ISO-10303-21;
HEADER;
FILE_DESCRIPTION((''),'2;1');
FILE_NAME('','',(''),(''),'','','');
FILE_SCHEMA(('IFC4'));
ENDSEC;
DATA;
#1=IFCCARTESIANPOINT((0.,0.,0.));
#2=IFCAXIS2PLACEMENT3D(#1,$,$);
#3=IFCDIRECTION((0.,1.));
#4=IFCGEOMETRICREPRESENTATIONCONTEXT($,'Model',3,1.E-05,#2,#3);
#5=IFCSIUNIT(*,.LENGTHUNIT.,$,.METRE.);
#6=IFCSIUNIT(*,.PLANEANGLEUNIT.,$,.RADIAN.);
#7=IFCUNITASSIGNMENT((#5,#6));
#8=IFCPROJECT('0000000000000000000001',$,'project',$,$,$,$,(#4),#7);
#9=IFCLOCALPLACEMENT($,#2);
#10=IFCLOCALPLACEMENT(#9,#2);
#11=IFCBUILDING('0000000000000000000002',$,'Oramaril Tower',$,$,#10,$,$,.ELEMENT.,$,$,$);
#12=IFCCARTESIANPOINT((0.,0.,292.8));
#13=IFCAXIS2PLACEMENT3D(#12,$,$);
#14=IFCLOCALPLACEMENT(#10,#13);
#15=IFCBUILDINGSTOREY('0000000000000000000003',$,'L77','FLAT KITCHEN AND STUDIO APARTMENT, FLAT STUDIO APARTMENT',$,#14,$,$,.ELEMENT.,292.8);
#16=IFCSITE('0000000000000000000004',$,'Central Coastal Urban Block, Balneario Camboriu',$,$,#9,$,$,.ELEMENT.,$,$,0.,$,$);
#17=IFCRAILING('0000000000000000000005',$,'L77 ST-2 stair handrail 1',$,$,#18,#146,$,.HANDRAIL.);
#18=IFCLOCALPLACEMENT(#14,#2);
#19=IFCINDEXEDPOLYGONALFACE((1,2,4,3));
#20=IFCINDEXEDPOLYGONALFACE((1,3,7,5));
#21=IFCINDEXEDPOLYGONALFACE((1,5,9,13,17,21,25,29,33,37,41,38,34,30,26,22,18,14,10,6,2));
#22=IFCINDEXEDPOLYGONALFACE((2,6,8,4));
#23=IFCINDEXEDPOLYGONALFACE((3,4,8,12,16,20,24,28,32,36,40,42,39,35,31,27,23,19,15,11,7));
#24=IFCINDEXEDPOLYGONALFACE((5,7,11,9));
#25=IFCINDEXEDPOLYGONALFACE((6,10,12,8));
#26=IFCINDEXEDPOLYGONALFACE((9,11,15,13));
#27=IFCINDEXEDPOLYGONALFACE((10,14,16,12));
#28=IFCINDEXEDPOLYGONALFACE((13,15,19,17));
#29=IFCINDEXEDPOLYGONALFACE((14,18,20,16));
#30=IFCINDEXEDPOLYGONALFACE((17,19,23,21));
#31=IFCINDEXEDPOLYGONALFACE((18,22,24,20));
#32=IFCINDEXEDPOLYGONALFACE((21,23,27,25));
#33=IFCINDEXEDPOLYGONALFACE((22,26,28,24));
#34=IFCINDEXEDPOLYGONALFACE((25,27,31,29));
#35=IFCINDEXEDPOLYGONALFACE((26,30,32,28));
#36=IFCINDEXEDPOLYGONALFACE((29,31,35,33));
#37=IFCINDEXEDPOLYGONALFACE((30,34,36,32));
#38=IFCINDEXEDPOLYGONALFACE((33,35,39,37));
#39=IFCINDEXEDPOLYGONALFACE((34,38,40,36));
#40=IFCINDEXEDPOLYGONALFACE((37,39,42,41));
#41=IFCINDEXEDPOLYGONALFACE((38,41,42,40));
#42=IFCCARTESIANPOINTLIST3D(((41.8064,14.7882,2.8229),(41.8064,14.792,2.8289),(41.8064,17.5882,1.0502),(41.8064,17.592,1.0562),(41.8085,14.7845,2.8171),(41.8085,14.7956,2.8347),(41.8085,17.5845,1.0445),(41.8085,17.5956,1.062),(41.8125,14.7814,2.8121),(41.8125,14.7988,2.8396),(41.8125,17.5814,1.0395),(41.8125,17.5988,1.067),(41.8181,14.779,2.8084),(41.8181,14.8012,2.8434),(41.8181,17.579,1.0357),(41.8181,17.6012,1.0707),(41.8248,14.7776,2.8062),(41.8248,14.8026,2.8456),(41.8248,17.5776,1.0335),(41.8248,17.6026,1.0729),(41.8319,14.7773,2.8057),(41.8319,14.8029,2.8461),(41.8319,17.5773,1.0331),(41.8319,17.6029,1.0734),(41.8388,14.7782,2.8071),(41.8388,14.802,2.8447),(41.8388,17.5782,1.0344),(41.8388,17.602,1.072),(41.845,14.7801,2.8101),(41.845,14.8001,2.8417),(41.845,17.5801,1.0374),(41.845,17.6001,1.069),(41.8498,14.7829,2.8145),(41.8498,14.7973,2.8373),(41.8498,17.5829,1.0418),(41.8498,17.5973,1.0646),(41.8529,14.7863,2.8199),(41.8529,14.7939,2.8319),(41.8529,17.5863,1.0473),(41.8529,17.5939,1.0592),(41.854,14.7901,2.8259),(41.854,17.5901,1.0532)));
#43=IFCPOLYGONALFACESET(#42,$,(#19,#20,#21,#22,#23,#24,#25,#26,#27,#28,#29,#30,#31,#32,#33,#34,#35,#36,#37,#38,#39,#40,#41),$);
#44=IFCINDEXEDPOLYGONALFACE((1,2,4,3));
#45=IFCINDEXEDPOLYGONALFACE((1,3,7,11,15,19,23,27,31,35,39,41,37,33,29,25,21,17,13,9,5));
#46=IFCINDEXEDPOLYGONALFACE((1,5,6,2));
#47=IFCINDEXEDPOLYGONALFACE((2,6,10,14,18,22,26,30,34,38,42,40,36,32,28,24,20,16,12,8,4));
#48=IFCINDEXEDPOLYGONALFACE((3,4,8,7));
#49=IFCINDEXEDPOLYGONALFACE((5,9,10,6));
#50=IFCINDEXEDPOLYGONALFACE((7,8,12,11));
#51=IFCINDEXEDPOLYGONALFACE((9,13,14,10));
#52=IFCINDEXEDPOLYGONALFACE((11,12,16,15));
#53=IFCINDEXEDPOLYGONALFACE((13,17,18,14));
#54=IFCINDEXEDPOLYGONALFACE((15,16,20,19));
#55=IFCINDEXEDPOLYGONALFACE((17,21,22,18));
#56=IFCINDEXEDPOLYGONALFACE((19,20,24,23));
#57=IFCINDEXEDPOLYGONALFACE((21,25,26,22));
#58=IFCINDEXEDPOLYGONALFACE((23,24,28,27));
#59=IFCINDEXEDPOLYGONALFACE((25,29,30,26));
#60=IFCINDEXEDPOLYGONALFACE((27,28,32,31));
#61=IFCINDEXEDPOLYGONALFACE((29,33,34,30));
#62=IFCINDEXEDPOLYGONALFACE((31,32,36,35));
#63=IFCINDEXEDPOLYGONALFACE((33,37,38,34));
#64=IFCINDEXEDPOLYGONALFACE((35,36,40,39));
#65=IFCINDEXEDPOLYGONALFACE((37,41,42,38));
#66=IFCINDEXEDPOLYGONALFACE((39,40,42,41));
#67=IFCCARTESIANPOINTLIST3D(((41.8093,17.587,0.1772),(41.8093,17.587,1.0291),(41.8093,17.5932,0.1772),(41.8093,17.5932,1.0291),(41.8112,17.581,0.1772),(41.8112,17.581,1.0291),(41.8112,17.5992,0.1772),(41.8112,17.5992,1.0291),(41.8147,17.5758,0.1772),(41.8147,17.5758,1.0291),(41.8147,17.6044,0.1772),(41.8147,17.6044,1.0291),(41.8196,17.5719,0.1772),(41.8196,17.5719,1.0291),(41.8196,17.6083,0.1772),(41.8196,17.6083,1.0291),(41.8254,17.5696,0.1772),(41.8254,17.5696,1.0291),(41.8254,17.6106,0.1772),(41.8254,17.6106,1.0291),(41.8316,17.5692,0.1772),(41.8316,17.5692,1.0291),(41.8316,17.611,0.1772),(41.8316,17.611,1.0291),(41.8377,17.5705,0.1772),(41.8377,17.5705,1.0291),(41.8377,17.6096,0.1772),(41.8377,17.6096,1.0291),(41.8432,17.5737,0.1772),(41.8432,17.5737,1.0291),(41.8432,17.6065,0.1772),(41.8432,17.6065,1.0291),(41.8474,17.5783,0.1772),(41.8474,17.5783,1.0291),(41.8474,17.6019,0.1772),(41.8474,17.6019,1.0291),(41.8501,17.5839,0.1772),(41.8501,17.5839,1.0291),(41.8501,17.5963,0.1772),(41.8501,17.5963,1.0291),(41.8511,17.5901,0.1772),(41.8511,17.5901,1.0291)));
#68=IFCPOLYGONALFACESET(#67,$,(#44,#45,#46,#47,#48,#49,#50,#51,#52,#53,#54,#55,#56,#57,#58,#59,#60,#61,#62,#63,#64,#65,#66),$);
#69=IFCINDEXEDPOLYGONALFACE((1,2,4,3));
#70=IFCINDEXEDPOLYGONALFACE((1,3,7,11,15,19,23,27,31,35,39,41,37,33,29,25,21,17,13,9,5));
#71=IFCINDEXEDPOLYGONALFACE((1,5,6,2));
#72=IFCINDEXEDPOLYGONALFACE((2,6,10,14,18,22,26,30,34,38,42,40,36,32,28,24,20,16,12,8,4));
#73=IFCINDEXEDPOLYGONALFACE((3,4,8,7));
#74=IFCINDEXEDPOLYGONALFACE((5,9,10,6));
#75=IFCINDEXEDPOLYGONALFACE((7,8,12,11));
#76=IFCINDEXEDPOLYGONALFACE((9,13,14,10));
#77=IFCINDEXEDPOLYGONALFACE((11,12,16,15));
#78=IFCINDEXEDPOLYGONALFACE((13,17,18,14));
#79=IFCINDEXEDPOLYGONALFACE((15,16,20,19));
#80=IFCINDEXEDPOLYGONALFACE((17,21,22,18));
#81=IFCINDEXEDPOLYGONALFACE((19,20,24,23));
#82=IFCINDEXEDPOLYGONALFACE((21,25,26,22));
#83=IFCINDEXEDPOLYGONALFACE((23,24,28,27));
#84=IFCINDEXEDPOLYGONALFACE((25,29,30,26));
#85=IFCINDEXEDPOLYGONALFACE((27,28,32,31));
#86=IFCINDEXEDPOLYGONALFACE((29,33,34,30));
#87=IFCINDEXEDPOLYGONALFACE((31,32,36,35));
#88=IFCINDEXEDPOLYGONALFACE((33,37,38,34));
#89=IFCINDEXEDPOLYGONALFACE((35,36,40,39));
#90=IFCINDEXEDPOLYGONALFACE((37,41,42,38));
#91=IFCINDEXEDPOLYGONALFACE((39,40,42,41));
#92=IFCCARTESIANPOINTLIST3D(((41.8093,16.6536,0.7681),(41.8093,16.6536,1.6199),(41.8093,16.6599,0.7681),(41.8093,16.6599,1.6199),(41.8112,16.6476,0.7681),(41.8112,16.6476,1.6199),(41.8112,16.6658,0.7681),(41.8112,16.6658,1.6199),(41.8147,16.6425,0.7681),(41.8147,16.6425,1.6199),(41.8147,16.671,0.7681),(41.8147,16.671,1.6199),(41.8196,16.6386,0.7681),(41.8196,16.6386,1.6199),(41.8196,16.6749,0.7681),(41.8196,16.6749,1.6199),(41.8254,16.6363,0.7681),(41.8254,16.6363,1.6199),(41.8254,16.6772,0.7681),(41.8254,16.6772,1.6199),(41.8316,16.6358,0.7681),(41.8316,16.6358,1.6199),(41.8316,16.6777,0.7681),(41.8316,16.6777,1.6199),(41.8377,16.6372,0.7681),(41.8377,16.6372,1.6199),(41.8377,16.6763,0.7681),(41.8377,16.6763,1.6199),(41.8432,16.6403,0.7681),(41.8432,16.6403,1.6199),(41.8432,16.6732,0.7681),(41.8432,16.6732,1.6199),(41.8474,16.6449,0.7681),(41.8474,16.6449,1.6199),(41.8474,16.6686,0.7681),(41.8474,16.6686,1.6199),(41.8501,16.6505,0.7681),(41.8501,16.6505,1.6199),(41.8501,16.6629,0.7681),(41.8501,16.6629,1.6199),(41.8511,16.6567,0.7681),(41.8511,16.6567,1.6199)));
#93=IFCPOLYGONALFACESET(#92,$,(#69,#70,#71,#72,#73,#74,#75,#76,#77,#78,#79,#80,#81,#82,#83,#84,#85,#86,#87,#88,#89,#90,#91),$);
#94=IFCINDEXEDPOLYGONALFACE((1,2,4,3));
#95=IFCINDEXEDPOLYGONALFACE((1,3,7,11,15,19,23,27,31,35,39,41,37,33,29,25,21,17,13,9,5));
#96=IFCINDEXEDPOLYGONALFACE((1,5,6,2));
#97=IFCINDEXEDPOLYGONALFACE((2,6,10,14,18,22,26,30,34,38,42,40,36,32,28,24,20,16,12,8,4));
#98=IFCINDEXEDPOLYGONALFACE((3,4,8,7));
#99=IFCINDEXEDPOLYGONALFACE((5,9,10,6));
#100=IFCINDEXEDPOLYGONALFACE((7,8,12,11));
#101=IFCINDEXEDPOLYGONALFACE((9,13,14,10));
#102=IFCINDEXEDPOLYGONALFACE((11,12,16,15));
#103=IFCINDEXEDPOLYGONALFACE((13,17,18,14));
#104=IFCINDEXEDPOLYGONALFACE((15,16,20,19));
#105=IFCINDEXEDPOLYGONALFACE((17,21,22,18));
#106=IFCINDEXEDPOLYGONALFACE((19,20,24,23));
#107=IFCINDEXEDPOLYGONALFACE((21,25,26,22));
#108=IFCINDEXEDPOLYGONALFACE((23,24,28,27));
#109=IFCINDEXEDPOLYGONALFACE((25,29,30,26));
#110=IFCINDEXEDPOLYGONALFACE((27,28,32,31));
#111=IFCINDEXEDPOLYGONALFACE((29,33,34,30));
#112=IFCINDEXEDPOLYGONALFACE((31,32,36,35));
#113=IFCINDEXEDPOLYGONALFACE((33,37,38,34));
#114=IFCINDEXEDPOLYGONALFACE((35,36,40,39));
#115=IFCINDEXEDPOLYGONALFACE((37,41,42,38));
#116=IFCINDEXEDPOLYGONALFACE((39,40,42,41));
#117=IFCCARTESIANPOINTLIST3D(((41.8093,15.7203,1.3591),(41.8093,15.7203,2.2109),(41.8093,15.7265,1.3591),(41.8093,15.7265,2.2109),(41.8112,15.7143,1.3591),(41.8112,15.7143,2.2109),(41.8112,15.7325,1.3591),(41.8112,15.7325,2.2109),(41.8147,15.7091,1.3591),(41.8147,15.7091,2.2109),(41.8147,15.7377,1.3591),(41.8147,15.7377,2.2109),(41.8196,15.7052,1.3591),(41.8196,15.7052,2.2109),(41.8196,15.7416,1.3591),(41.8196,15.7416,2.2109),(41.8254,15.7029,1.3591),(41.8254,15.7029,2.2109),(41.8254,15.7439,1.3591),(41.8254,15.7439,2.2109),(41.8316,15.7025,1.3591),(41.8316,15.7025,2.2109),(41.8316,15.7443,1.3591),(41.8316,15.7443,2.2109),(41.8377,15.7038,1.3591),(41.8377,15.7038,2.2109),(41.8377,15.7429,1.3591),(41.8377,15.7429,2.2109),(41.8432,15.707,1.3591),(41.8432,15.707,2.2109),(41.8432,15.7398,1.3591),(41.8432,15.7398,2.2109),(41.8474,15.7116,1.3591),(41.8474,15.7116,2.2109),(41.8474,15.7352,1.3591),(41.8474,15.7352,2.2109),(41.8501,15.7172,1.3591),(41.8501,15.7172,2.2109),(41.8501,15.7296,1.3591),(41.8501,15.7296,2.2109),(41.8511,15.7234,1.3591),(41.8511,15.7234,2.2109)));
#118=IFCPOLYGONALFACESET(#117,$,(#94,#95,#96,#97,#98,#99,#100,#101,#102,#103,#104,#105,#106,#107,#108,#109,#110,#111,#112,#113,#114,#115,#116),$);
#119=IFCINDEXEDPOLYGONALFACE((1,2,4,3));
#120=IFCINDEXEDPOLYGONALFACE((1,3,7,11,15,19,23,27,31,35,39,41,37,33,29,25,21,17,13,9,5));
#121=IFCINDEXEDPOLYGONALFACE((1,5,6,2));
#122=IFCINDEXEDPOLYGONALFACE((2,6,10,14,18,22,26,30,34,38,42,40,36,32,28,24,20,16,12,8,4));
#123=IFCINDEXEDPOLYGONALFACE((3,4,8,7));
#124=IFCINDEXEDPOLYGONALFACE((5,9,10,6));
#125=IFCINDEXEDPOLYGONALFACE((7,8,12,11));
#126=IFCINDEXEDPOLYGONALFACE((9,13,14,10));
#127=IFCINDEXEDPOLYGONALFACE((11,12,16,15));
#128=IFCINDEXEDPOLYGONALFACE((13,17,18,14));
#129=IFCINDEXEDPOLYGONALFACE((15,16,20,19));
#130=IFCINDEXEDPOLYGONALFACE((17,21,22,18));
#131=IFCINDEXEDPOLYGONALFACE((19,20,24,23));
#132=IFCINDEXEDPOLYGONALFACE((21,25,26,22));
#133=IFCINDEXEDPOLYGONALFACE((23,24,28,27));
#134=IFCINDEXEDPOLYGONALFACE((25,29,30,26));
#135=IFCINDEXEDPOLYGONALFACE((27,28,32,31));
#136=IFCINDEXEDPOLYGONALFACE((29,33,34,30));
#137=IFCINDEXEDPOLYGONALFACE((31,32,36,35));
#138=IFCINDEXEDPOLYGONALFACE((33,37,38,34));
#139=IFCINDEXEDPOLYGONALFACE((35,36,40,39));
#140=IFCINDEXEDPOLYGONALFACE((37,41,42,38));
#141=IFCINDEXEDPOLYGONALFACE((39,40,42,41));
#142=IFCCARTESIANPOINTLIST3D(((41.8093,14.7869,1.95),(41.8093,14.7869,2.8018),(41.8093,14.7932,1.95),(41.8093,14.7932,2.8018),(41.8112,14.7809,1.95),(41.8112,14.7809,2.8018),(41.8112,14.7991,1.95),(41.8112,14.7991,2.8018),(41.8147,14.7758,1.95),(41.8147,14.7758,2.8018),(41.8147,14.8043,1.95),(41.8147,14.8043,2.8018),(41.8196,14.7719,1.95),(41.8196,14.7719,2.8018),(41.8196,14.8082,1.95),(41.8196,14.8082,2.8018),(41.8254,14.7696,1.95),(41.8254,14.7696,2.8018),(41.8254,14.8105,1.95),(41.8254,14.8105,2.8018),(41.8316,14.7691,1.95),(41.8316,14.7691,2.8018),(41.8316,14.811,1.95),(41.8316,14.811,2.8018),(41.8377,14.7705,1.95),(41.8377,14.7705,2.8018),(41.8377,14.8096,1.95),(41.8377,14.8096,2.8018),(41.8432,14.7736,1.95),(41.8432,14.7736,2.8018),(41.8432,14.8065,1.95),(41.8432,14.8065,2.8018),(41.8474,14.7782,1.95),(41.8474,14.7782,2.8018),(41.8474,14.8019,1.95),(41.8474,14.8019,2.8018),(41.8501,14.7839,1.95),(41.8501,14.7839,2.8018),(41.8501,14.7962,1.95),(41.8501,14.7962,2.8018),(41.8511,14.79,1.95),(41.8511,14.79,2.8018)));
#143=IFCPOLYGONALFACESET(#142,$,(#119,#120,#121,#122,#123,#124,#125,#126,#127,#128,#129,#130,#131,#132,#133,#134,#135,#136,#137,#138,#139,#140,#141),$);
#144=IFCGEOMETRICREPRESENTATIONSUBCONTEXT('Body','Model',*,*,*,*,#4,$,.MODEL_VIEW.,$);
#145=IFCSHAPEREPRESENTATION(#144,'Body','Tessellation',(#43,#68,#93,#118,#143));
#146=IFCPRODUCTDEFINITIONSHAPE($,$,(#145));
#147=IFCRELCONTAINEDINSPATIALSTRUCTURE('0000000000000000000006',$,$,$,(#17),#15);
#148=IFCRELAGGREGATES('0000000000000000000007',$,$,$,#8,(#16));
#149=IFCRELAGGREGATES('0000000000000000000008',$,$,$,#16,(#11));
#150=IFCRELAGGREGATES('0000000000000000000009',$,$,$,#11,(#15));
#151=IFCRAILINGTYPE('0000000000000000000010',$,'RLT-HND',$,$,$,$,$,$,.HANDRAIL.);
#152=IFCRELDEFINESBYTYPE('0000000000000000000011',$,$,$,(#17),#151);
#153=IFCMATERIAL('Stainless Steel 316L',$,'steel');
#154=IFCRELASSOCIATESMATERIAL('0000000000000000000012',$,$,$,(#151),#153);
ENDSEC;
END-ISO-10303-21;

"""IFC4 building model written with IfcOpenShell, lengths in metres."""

from ifc_helpers import new_model, si_unit, direction, frame, origin, origin_2d, place, context, subcontext, project, spatial, circle, extrude, material, type_object, element, save


model = new_model("IFC4")

# Units and contexts
model_context = context("Model", 3, precision=1e-05, world=origin(), true_north=direction((0.0, 1.0)))
body_context = subcontext(model_context, "Body", "Model", "MODEL_VIEW")
ifc_project = project(units=[si_unit("LENGTHUNIT", "METRE"), si_unit("PLANEANGLEUNIT", "RADIAN")], contexts=[model_context])

# Site, building, storey
site_placement = place(None, origin())
site = spatial("IfcSite", under=ifc_project, at=site_placement, Name="Central Coastal Urban Block, Balneario Camboriu", CompositionType="ELEMENT", RefElevation=0.0)
building_placement = place(site_placement, origin())
building = spatial("IfcBuilding", under=site, at=building_placement, Name="Oramaril Tower", CompositionType="ELEMENT")
storey_placement = place(building_placement, frame((0.0, 0.0, 292.8)))
storey = spatial("IfcBuildingStorey", under=building, at=storey_placement, Name="L77", Description="FLAT KITCHEN AND STUDIO APARTMENT, FLAT STUDIO APARTMENT", CompositionType="ELEMENT", Elevation=292.8)

# Railing
ifc_material_1 = material(Name="Stainless Steel 316L", Category="steel")
railing_type_1 = type_object("IfcRailingType", Name="RLT-HND", PredefinedType="HANDRAIL", material=ifc_material_1)
railing_1_placement = place(storey_placement, frame((41.8301, 17.5901, 0.1772)))
element("IfcRailing", 1, at=railing_1_placement, inside=storey, type_object=railing_type_1, Name="L77 ST-2 stair handrail 1", PredefinedType="HANDRAIL", context=body_context, shape_type="SweptSolid", body=[
    extrude(circle(Radius=0.0239, at=origin_2d()), frame((0.0, 0.0, 0.876), z_axis=(0.0, -0.844909, 0.53491), x_axis=(1.0, 0.0, 0.0)), (0.0, 0.0, 1.0), 3.314),
    extrude(circle(Radius=0.021, at=origin_2d()), origin(), (0.0, 0.0, 1.0), 0.8518),
    extrude(circle(Radius=0.021, at=origin_2d()), frame((0.0, -0.9333, 0.5908)), (0.0, 0.0, 1.0), 0.8518),
    extrude(circle(Radius=0.021, at=origin_2d()), frame((0.0, -1.8667, 1.1819)), (0.0, 0.0, 1.0), 0.8518),
    extrude(circle(Radius=0.021, at=origin_2d()), frame((0.0, -2.8, 1.7727)), (0.0, 0.0, 1.0), 0.8518),
])

save(model, "model.ifc")
